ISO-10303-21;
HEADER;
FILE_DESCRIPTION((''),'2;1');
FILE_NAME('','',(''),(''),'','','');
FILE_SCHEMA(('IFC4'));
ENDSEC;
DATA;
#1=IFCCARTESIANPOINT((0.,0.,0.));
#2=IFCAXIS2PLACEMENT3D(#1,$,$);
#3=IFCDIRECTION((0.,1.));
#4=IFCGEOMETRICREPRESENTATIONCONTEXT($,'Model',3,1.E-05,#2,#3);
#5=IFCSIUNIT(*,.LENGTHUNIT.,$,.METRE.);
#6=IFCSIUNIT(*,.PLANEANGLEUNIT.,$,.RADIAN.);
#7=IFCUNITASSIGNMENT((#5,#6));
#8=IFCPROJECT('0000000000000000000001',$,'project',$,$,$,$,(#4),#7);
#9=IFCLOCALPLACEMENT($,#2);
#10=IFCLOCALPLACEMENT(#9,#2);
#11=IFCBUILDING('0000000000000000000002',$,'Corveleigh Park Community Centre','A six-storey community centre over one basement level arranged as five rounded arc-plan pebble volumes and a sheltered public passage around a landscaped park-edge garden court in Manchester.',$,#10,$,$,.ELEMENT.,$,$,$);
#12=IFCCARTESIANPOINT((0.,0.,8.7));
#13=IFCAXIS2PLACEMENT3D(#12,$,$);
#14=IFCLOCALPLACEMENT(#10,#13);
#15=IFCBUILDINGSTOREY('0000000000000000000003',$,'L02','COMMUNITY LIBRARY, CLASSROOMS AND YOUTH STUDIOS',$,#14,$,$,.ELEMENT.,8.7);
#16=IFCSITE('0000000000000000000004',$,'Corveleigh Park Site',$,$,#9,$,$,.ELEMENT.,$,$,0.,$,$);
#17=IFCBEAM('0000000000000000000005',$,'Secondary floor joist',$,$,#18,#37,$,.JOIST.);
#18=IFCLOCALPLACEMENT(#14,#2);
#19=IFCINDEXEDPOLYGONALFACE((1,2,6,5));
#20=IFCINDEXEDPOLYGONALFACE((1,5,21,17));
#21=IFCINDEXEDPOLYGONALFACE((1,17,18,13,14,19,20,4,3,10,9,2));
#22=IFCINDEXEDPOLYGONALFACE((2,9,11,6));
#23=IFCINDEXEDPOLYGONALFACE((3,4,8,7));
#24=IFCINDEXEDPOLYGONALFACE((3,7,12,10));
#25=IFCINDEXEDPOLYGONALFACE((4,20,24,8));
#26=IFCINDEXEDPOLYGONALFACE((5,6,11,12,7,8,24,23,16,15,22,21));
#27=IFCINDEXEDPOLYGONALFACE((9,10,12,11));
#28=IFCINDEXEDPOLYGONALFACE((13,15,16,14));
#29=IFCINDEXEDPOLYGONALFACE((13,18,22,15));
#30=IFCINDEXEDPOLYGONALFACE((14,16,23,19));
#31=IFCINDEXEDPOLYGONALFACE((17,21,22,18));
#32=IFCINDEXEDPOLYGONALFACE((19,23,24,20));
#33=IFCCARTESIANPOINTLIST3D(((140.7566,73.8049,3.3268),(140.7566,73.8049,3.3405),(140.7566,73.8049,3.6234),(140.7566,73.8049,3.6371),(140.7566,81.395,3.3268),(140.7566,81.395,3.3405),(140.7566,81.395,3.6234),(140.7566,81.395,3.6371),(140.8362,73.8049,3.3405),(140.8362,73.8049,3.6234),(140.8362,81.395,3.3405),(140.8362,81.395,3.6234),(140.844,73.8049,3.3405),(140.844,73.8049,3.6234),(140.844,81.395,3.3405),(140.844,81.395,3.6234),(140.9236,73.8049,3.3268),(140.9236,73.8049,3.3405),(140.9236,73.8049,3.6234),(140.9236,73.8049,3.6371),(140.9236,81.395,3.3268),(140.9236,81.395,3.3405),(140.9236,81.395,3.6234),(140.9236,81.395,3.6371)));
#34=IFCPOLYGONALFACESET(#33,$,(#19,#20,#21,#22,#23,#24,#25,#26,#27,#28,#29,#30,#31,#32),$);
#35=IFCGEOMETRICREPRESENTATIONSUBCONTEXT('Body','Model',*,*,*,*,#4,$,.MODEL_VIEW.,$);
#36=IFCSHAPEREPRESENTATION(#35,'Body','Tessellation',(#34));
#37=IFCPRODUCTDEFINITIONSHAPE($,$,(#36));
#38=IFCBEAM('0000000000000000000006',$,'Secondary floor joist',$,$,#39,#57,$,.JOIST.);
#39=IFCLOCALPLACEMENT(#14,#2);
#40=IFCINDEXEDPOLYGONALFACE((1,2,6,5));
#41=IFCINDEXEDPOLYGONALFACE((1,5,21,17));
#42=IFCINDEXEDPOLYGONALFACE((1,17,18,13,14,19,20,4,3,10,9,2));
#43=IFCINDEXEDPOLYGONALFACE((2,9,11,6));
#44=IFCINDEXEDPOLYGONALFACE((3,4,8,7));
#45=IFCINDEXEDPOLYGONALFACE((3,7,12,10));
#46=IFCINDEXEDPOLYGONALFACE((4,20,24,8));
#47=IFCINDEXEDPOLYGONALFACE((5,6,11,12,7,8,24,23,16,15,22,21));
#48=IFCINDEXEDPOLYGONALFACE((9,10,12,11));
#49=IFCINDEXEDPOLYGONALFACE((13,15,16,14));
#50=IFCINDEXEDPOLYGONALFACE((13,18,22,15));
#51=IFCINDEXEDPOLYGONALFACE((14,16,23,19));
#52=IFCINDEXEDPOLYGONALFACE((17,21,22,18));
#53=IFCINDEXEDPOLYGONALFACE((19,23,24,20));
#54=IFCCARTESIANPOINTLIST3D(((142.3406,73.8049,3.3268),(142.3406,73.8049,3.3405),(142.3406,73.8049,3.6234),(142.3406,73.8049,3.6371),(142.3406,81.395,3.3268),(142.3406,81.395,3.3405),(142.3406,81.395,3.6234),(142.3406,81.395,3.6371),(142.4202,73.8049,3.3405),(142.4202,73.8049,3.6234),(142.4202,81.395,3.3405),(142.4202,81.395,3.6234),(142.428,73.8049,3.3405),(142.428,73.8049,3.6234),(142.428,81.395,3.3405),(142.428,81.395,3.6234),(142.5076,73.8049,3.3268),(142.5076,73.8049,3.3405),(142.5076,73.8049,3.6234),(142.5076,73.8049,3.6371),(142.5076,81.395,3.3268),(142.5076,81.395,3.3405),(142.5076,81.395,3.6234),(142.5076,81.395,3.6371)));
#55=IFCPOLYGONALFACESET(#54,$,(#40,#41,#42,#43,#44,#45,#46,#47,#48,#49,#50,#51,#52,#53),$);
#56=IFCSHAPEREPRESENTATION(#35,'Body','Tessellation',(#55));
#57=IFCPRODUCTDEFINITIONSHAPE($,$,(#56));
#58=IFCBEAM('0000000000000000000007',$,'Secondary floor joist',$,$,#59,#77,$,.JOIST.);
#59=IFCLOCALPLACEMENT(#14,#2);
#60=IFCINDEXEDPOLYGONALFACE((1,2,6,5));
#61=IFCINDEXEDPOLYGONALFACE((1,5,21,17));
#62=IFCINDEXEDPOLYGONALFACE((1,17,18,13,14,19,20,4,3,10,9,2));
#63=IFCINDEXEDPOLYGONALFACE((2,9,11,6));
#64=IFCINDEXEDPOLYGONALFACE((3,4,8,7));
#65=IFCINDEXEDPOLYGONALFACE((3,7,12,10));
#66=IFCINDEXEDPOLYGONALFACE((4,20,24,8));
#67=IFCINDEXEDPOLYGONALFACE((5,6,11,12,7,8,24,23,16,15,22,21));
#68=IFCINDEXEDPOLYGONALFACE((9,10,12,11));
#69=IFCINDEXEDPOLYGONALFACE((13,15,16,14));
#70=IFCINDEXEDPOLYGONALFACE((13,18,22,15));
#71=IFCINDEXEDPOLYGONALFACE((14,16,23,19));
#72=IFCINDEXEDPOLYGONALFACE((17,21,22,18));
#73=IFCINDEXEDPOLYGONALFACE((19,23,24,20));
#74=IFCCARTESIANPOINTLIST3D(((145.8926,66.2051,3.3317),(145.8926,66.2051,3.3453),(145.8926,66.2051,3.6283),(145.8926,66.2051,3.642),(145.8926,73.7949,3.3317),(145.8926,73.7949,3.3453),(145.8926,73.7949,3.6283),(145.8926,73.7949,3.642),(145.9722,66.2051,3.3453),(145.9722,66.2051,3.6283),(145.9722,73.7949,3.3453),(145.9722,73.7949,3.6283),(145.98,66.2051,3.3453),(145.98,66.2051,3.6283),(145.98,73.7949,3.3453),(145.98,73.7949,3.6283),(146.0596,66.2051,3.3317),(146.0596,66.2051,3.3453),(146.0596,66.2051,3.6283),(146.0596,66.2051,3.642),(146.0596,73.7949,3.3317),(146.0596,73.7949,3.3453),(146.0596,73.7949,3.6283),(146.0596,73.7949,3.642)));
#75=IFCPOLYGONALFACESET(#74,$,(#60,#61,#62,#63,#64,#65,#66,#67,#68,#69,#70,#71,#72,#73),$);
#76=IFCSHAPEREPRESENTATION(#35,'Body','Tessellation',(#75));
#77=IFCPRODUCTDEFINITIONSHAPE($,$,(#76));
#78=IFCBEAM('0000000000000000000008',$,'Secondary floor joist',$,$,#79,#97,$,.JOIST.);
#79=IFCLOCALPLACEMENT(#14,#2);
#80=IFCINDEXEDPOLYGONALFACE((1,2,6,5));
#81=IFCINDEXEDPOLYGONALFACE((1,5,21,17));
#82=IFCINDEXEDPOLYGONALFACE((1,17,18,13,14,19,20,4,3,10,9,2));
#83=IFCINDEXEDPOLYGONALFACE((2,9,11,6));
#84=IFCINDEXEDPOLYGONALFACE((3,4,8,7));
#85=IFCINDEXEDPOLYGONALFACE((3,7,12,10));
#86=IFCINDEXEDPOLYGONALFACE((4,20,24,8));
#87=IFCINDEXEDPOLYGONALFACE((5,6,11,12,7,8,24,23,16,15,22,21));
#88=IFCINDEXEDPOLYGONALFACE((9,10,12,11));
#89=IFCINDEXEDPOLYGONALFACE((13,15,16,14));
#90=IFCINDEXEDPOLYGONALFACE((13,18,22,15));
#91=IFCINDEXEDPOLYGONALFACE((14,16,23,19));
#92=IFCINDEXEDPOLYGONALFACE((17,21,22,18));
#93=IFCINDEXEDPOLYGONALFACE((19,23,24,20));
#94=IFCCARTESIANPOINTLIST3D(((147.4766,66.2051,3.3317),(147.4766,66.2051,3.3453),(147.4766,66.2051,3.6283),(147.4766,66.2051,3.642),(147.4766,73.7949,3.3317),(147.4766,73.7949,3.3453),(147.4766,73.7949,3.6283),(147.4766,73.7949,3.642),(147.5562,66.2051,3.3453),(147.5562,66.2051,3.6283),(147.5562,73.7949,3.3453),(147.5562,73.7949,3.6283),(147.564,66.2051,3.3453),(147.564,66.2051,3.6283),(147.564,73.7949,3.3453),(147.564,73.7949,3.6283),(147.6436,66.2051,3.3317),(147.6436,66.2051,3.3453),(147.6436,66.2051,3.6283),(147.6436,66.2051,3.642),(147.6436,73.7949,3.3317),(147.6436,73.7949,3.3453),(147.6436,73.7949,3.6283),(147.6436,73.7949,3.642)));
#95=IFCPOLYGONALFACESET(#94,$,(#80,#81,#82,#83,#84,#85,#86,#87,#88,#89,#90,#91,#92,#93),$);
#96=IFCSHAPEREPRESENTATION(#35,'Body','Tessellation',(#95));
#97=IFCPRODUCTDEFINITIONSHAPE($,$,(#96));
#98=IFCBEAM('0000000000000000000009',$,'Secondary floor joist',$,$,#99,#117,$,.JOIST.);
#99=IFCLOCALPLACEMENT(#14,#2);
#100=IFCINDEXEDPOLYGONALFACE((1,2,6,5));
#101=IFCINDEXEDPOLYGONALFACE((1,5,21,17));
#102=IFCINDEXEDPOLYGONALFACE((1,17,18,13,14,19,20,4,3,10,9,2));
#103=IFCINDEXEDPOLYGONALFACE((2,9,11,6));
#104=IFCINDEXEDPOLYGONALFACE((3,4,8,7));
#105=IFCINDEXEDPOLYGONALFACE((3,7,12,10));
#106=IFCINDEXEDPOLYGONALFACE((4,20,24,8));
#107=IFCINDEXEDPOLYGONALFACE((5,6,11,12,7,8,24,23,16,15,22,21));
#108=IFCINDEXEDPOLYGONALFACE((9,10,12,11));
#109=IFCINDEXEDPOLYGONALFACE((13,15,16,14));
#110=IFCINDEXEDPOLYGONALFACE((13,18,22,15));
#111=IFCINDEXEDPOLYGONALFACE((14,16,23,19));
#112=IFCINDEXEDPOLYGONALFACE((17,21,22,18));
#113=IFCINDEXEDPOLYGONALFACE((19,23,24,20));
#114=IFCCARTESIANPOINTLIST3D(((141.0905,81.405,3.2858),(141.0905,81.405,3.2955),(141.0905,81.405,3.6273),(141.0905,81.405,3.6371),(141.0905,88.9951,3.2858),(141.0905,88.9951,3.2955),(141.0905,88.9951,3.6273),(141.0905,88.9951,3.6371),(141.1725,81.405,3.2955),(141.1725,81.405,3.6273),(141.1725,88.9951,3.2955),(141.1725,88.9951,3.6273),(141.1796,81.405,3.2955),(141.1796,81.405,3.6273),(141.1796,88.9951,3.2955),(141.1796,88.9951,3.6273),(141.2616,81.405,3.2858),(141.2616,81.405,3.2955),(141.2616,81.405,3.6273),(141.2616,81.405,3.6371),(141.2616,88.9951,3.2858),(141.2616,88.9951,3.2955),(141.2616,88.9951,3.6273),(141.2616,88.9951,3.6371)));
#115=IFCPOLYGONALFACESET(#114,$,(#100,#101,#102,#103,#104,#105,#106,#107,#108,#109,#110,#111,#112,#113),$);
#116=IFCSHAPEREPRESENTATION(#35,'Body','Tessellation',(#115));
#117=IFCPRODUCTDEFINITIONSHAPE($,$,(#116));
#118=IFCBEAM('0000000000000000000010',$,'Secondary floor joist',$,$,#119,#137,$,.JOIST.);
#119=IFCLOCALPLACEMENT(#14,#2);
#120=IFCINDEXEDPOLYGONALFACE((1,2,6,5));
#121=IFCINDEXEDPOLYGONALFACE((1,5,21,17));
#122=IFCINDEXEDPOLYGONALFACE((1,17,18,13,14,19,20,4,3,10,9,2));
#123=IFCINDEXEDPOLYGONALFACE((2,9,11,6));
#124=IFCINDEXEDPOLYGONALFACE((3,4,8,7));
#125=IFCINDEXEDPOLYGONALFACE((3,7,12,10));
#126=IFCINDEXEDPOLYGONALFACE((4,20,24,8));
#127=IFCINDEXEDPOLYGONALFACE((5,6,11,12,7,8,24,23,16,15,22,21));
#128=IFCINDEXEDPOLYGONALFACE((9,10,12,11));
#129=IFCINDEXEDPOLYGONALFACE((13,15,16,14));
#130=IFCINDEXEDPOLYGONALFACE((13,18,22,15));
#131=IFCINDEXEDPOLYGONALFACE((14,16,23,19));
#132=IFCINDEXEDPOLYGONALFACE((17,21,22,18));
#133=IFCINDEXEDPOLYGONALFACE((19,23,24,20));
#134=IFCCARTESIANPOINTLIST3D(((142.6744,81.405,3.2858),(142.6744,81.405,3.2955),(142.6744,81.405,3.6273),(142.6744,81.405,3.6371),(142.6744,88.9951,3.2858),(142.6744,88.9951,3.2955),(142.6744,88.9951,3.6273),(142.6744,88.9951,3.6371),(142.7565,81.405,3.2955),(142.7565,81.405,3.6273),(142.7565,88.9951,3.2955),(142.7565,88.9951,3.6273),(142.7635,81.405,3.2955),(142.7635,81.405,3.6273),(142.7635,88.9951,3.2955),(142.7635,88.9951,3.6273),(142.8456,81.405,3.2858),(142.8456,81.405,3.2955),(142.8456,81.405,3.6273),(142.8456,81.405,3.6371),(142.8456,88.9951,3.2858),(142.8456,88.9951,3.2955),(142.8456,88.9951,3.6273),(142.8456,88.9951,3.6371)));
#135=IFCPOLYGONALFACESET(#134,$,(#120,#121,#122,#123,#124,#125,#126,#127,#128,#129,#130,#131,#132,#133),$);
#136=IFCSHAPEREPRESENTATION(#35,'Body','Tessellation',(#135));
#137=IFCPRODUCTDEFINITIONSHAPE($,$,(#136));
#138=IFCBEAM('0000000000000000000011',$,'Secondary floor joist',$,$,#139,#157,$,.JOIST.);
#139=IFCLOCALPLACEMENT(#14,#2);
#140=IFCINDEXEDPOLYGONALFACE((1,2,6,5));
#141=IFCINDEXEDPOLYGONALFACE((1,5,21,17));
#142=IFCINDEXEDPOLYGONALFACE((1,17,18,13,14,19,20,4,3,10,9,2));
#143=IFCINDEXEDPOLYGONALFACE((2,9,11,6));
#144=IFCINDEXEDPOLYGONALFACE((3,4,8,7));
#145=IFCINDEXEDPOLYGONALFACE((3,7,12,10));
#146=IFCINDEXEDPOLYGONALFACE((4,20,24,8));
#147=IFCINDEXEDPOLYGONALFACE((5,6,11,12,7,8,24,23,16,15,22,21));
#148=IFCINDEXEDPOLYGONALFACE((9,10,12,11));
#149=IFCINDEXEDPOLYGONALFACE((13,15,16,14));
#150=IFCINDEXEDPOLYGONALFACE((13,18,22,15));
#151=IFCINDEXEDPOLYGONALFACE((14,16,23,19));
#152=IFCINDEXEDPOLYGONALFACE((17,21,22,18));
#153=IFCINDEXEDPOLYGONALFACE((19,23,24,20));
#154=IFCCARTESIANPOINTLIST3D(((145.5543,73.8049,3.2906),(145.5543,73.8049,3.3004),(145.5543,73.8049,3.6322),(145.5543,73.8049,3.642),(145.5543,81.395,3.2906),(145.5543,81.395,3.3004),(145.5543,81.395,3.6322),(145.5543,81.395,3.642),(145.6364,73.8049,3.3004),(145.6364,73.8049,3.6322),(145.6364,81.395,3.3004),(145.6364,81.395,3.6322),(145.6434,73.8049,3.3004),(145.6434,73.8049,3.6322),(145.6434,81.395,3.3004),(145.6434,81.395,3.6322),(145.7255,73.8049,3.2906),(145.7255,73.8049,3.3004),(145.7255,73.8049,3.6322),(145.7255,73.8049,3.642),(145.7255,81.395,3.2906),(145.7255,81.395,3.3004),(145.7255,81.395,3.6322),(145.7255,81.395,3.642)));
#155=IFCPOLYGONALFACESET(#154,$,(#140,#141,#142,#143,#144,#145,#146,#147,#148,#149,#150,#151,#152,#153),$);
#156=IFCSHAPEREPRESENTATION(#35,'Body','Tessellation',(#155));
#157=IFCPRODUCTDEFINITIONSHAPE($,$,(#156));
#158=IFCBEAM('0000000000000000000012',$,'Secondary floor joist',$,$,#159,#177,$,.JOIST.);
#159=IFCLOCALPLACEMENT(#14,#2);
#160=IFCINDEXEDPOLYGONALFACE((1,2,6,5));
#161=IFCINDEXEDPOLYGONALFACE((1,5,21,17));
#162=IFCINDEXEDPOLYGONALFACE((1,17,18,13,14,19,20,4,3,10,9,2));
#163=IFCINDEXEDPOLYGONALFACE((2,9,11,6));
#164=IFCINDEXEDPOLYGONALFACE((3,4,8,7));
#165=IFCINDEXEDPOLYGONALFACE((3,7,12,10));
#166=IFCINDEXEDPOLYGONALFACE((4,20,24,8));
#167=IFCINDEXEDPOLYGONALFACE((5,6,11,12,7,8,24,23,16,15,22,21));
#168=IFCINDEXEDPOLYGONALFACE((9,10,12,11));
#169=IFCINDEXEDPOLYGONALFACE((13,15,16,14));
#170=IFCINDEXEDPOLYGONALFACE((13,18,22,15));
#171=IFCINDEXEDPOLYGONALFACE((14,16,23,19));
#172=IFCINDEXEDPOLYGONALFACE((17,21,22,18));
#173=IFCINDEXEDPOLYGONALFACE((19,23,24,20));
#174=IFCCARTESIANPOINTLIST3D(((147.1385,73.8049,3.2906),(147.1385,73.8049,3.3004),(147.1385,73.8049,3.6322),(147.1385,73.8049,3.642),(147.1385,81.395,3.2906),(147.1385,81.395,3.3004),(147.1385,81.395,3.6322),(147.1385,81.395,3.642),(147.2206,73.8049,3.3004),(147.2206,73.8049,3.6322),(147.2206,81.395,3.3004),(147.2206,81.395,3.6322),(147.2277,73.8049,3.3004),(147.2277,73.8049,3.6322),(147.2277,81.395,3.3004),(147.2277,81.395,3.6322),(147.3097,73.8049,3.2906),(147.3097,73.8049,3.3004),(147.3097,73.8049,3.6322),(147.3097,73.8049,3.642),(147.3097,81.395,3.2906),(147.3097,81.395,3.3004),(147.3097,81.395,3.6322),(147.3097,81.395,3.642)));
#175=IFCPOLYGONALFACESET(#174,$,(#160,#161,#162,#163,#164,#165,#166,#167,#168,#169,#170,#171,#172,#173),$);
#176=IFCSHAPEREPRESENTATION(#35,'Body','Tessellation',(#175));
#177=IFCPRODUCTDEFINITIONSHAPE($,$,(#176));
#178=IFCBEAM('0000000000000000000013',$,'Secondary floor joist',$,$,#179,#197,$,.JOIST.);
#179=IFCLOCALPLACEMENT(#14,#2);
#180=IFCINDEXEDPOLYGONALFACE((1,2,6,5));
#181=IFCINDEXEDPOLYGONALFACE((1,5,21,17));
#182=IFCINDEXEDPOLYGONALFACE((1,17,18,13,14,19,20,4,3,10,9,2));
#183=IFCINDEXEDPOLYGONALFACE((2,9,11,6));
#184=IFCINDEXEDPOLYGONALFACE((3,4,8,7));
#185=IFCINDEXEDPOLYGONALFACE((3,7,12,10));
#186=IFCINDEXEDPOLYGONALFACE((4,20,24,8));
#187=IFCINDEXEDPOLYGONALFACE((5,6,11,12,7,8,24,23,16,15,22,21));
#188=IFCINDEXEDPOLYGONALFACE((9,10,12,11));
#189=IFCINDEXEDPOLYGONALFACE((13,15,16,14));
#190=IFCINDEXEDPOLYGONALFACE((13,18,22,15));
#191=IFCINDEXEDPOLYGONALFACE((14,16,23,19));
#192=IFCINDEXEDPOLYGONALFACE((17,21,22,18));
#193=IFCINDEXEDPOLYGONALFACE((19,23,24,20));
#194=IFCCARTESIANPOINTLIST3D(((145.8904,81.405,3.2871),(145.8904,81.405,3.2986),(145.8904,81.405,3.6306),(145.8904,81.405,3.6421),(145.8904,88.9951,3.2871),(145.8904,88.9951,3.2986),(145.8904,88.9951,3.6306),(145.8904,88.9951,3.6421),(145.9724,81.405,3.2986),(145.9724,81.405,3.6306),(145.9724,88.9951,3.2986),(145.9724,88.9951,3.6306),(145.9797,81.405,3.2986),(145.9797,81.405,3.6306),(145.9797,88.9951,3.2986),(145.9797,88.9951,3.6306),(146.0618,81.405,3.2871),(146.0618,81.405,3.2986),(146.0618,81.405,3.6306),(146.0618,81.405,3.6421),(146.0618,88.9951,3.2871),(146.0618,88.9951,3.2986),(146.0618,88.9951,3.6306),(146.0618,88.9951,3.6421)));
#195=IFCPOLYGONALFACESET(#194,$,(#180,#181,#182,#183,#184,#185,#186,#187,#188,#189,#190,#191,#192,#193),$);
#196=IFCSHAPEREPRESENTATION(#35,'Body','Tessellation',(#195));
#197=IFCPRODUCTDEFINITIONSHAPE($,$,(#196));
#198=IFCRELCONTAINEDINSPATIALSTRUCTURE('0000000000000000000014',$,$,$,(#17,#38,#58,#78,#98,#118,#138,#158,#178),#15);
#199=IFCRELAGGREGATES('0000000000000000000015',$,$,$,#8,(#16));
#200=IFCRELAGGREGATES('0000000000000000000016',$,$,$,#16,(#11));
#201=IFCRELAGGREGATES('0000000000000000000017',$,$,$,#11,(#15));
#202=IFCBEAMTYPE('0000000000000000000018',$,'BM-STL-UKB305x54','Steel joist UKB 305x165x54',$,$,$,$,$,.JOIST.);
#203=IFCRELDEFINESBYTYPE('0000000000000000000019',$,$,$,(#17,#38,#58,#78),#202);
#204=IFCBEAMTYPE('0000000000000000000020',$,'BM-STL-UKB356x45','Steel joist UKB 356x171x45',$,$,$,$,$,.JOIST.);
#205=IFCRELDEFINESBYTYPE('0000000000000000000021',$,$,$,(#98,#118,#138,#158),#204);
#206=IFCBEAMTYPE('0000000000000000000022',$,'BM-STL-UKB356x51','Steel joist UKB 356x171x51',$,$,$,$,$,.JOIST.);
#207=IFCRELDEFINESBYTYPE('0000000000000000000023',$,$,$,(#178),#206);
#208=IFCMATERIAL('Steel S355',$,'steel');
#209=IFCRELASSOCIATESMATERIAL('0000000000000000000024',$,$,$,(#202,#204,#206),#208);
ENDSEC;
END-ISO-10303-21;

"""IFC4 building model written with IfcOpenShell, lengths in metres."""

from ifc_helpers import new_model, si_unit, direction, frame, origin, origin_2d, place, context, subcontext, project, spatial, i_section, extrude, material, material_profile, profile_set, type_object, element, save


model = new_model("IFC4")

# Units and contexts
model_context = context("Model", 3, precision=1e-05, world=origin(), true_north=direction((0.0, 1.0)))
body_context = subcontext(model_context, "Body", "Model", "MODEL_VIEW")
ifc_project = project(units=[si_unit("LENGTHUNIT", "METRE"), si_unit("PLANEANGLEUNIT", "RADIAN")], contexts=[model_context])

# Site, building, storey
site_placement = place(None, origin())
site = spatial("IfcSite", under=ifc_project, at=site_placement, Name="Corveleigh Park Site", CompositionType="ELEMENT", RefElevation=0.0)
building_placement = place(site_placement, origin())
building = spatial("IfcBuilding", under=site, at=building_placement, Name="Corveleigh Park Community Centre", Description="A six-storey community centre over one basement level arranged as five rounded arc-plan pebble volumes and a sheltered public passage around a landscaped park-edge garden court in Manchester.", CompositionType="ELEMENT")
storey_placement = place(building_placement, frame((0.0, 0.0, 8.7)))
storey = spatial("IfcBuildingStorey", under=building, at=storey_placement, Name="L02", Description="COMMUNITY LIBRARY, CLASSROOMS AND YOUTH STUDIOS", CompositionType="ELEMENT", Elevation=8.7)

# Shared definitions
ifc_material_1 = material(Name="Steel S355", Category="steel")

# Beams
ifc_material_profile_1 = material_profile(ifc_material_1, i_section(OverallWidth=0.167, OverallDepth=0.3103, WebThickness=0.0078, FlangeThickness=0.0137, at=origin_2d()), Name="UKB 305x165x54", Category="steel")
ifc_profile_set_1 = profile_set([ifc_material_profile_1], Name="Steel S355")
beam_type_1 = type_object("IfcBeamType", Name="BM-STL-UKB305x54", Description="Steel joist UKB 305x165x54", PredefinedType="JOIST", material=ifc_profile_set_1)
for number, where, z_axis, x_axis, name in (
    (1, (140.8401, 73.8049, 3.4819), (0.0, 1.0, 0.0), (-1.0, 0.0, 0.0), "Secondary floor joist"),
    (2, (142.4241, 73.8049, 3.4819), (0.0, 1.0, 0.0), (-1.0, 0.0, 0.0), "Secondary floor joist"),
):
    element("IfcBeam", number, at=place(storey_placement, frame(where, z_axis=z_axis, x_axis=x_axis)), inside=storey, type_object=beam_type_1, Name=name, PredefinedType="JOIST", context=body_context, shape_type="SweptSolid", body=[
        extrude(i_section(OverallWidth=0.167, OverallDepth=0.3103, WebThickness=0.0078, FlangeThickness=0.0137, at=origin_2d()), origin(), (0.0, 0.0, 1.0), 7.5901),
    ])
for number, where, z_axis, x_axis, name in (
    (3, (145.9761, 66.2051, 3.4868), (0.0, 1.0, 0.0), (-1.0, 0.0, 0.0), "Secondary floor joist"),
    (4, (147.5601, 66.2051, 3.4868), (0.0, 1.0, 0.0), (-1.0, 0.0, 0.0), "Secondary floor joist"),
):
    element("IfcBeam", number, at=place(storey_placement, frame(where, z_axis=z_axis, x_axis=x_axis)), inside=storey, type_object=beam_type_1, Name=name, PredefinedType="JOIST", context=body_context, shape_type="SweptSolid", body=[
        extrude(i_section(OverallWidth=0.167, OverallDepth=0.3103, WebThickness=0.0078, FlangeThickness=0.0137, at=origin_2d()), origin(), (0.0, 0.0, 1.0), 7.5898),
    ])
ifc_material_profile_2 = material_profile(ifc_material_1, i_section(OverallWidth=0.1711, OverallDepth=0.3513, WebThickness=0.0071, FlangeThickness=0.0098, at=origin_2d()), Name="UKB 356x171x45", Category="steel")
ifc_profile_set_2 = profile_set([ifc_material_profile_2], Name="Steel S355")
beam_type_2 = type_object("IfcBeamType", Name="BM-STL-UKB356x45", Description="Steel joist UKB 356x171x45", PredefinedType="JOIST", material=ifc_profile_set_2)
for number, where, z_axis, x_axis, name in (
    (5, (141.176, 81.405, 3.4614), (0.0, 1.0, 0.0), (-1.0, 0.0, 0.0), "Secondary floor joist"),
    (6, (142.76, 81.405, 3.4614), (0.0, 1.0, 0.0), (-1.0, 0.0, 0.0), "Secondary floor joist"),
    (7, (145.6399, 73.8049, 3.4663), (0.0, 1.0, 0.0), (-1.0, 0.0, 0.0), "Secondary floor joist"),
    (8, (147.2241, 73.8049, 3.4663), (0.0, 1.0, 0.0), (-1.0, 0.0, 0.0), "Secondary floor joist"),
):
    element("IfcBeam", number, at=place(storey_placement, frame(where, z_axis=z_axis, x_axis=x_axis)), inside=storey, type_object=beam_type_2, Name=name, PredefinedType="JOIST", context=body_context, shape_type="SweptSolid", body=[
        extrude(i_section(OverallWidth=0.1711, OverallDepth=0.3513, WebThickness=0.0071, FlangeThickness=0.0098, at=origin_2d()), origin(), (0.0, 0.0, 1.0), 7.5901),
    ])
ifc_material_profile_3 = material_profile(ifc_material_1, i_section(OverallWidth=0.1714, OverallDepth=0.355, WebThickness=0.0073, FlangeThickness=0.0115, at=origin_2d()), Name="UKB 356x171x51", Category="steel")
ifc_profile_set_3 = profile_set([ifc_material_profile_3], Name="Steel S355")
beam_type_3 = type_object("IfcBeamType", Name="BM-STL-UKB356x51", Description="Steel joist UKB 356x171x51", PredefinedType="JOIST", material=ifc_profile_set_3)
for number, where, z_axis, x_axis, name in (
    (9, (145.9761, 81.405, 3.4646), (0.0, 1.0, 0.0), (-1.0, 0.0, 0.0), "Secondary floor joist"),
):
    element("IfcBeam", number, at=place(storey_placement, frame(where, z_axis=z_axis, x_axis=x_axis)), inside=storey, type_object=beam_type_3, Name=name, PredefinedType="JOIST", context=body_context, shape_type="SweptSolid", body=[
        extrude(i_section(OverallWidth=0.1714, OverallDepth=0.355, WebThickness=0.0073, FlangeThickness=0.0115, at=origin_2d()), origin(), (0.0, 0.0, 1.0), 7.5901),
    ])

save(model, "model.ifc")
